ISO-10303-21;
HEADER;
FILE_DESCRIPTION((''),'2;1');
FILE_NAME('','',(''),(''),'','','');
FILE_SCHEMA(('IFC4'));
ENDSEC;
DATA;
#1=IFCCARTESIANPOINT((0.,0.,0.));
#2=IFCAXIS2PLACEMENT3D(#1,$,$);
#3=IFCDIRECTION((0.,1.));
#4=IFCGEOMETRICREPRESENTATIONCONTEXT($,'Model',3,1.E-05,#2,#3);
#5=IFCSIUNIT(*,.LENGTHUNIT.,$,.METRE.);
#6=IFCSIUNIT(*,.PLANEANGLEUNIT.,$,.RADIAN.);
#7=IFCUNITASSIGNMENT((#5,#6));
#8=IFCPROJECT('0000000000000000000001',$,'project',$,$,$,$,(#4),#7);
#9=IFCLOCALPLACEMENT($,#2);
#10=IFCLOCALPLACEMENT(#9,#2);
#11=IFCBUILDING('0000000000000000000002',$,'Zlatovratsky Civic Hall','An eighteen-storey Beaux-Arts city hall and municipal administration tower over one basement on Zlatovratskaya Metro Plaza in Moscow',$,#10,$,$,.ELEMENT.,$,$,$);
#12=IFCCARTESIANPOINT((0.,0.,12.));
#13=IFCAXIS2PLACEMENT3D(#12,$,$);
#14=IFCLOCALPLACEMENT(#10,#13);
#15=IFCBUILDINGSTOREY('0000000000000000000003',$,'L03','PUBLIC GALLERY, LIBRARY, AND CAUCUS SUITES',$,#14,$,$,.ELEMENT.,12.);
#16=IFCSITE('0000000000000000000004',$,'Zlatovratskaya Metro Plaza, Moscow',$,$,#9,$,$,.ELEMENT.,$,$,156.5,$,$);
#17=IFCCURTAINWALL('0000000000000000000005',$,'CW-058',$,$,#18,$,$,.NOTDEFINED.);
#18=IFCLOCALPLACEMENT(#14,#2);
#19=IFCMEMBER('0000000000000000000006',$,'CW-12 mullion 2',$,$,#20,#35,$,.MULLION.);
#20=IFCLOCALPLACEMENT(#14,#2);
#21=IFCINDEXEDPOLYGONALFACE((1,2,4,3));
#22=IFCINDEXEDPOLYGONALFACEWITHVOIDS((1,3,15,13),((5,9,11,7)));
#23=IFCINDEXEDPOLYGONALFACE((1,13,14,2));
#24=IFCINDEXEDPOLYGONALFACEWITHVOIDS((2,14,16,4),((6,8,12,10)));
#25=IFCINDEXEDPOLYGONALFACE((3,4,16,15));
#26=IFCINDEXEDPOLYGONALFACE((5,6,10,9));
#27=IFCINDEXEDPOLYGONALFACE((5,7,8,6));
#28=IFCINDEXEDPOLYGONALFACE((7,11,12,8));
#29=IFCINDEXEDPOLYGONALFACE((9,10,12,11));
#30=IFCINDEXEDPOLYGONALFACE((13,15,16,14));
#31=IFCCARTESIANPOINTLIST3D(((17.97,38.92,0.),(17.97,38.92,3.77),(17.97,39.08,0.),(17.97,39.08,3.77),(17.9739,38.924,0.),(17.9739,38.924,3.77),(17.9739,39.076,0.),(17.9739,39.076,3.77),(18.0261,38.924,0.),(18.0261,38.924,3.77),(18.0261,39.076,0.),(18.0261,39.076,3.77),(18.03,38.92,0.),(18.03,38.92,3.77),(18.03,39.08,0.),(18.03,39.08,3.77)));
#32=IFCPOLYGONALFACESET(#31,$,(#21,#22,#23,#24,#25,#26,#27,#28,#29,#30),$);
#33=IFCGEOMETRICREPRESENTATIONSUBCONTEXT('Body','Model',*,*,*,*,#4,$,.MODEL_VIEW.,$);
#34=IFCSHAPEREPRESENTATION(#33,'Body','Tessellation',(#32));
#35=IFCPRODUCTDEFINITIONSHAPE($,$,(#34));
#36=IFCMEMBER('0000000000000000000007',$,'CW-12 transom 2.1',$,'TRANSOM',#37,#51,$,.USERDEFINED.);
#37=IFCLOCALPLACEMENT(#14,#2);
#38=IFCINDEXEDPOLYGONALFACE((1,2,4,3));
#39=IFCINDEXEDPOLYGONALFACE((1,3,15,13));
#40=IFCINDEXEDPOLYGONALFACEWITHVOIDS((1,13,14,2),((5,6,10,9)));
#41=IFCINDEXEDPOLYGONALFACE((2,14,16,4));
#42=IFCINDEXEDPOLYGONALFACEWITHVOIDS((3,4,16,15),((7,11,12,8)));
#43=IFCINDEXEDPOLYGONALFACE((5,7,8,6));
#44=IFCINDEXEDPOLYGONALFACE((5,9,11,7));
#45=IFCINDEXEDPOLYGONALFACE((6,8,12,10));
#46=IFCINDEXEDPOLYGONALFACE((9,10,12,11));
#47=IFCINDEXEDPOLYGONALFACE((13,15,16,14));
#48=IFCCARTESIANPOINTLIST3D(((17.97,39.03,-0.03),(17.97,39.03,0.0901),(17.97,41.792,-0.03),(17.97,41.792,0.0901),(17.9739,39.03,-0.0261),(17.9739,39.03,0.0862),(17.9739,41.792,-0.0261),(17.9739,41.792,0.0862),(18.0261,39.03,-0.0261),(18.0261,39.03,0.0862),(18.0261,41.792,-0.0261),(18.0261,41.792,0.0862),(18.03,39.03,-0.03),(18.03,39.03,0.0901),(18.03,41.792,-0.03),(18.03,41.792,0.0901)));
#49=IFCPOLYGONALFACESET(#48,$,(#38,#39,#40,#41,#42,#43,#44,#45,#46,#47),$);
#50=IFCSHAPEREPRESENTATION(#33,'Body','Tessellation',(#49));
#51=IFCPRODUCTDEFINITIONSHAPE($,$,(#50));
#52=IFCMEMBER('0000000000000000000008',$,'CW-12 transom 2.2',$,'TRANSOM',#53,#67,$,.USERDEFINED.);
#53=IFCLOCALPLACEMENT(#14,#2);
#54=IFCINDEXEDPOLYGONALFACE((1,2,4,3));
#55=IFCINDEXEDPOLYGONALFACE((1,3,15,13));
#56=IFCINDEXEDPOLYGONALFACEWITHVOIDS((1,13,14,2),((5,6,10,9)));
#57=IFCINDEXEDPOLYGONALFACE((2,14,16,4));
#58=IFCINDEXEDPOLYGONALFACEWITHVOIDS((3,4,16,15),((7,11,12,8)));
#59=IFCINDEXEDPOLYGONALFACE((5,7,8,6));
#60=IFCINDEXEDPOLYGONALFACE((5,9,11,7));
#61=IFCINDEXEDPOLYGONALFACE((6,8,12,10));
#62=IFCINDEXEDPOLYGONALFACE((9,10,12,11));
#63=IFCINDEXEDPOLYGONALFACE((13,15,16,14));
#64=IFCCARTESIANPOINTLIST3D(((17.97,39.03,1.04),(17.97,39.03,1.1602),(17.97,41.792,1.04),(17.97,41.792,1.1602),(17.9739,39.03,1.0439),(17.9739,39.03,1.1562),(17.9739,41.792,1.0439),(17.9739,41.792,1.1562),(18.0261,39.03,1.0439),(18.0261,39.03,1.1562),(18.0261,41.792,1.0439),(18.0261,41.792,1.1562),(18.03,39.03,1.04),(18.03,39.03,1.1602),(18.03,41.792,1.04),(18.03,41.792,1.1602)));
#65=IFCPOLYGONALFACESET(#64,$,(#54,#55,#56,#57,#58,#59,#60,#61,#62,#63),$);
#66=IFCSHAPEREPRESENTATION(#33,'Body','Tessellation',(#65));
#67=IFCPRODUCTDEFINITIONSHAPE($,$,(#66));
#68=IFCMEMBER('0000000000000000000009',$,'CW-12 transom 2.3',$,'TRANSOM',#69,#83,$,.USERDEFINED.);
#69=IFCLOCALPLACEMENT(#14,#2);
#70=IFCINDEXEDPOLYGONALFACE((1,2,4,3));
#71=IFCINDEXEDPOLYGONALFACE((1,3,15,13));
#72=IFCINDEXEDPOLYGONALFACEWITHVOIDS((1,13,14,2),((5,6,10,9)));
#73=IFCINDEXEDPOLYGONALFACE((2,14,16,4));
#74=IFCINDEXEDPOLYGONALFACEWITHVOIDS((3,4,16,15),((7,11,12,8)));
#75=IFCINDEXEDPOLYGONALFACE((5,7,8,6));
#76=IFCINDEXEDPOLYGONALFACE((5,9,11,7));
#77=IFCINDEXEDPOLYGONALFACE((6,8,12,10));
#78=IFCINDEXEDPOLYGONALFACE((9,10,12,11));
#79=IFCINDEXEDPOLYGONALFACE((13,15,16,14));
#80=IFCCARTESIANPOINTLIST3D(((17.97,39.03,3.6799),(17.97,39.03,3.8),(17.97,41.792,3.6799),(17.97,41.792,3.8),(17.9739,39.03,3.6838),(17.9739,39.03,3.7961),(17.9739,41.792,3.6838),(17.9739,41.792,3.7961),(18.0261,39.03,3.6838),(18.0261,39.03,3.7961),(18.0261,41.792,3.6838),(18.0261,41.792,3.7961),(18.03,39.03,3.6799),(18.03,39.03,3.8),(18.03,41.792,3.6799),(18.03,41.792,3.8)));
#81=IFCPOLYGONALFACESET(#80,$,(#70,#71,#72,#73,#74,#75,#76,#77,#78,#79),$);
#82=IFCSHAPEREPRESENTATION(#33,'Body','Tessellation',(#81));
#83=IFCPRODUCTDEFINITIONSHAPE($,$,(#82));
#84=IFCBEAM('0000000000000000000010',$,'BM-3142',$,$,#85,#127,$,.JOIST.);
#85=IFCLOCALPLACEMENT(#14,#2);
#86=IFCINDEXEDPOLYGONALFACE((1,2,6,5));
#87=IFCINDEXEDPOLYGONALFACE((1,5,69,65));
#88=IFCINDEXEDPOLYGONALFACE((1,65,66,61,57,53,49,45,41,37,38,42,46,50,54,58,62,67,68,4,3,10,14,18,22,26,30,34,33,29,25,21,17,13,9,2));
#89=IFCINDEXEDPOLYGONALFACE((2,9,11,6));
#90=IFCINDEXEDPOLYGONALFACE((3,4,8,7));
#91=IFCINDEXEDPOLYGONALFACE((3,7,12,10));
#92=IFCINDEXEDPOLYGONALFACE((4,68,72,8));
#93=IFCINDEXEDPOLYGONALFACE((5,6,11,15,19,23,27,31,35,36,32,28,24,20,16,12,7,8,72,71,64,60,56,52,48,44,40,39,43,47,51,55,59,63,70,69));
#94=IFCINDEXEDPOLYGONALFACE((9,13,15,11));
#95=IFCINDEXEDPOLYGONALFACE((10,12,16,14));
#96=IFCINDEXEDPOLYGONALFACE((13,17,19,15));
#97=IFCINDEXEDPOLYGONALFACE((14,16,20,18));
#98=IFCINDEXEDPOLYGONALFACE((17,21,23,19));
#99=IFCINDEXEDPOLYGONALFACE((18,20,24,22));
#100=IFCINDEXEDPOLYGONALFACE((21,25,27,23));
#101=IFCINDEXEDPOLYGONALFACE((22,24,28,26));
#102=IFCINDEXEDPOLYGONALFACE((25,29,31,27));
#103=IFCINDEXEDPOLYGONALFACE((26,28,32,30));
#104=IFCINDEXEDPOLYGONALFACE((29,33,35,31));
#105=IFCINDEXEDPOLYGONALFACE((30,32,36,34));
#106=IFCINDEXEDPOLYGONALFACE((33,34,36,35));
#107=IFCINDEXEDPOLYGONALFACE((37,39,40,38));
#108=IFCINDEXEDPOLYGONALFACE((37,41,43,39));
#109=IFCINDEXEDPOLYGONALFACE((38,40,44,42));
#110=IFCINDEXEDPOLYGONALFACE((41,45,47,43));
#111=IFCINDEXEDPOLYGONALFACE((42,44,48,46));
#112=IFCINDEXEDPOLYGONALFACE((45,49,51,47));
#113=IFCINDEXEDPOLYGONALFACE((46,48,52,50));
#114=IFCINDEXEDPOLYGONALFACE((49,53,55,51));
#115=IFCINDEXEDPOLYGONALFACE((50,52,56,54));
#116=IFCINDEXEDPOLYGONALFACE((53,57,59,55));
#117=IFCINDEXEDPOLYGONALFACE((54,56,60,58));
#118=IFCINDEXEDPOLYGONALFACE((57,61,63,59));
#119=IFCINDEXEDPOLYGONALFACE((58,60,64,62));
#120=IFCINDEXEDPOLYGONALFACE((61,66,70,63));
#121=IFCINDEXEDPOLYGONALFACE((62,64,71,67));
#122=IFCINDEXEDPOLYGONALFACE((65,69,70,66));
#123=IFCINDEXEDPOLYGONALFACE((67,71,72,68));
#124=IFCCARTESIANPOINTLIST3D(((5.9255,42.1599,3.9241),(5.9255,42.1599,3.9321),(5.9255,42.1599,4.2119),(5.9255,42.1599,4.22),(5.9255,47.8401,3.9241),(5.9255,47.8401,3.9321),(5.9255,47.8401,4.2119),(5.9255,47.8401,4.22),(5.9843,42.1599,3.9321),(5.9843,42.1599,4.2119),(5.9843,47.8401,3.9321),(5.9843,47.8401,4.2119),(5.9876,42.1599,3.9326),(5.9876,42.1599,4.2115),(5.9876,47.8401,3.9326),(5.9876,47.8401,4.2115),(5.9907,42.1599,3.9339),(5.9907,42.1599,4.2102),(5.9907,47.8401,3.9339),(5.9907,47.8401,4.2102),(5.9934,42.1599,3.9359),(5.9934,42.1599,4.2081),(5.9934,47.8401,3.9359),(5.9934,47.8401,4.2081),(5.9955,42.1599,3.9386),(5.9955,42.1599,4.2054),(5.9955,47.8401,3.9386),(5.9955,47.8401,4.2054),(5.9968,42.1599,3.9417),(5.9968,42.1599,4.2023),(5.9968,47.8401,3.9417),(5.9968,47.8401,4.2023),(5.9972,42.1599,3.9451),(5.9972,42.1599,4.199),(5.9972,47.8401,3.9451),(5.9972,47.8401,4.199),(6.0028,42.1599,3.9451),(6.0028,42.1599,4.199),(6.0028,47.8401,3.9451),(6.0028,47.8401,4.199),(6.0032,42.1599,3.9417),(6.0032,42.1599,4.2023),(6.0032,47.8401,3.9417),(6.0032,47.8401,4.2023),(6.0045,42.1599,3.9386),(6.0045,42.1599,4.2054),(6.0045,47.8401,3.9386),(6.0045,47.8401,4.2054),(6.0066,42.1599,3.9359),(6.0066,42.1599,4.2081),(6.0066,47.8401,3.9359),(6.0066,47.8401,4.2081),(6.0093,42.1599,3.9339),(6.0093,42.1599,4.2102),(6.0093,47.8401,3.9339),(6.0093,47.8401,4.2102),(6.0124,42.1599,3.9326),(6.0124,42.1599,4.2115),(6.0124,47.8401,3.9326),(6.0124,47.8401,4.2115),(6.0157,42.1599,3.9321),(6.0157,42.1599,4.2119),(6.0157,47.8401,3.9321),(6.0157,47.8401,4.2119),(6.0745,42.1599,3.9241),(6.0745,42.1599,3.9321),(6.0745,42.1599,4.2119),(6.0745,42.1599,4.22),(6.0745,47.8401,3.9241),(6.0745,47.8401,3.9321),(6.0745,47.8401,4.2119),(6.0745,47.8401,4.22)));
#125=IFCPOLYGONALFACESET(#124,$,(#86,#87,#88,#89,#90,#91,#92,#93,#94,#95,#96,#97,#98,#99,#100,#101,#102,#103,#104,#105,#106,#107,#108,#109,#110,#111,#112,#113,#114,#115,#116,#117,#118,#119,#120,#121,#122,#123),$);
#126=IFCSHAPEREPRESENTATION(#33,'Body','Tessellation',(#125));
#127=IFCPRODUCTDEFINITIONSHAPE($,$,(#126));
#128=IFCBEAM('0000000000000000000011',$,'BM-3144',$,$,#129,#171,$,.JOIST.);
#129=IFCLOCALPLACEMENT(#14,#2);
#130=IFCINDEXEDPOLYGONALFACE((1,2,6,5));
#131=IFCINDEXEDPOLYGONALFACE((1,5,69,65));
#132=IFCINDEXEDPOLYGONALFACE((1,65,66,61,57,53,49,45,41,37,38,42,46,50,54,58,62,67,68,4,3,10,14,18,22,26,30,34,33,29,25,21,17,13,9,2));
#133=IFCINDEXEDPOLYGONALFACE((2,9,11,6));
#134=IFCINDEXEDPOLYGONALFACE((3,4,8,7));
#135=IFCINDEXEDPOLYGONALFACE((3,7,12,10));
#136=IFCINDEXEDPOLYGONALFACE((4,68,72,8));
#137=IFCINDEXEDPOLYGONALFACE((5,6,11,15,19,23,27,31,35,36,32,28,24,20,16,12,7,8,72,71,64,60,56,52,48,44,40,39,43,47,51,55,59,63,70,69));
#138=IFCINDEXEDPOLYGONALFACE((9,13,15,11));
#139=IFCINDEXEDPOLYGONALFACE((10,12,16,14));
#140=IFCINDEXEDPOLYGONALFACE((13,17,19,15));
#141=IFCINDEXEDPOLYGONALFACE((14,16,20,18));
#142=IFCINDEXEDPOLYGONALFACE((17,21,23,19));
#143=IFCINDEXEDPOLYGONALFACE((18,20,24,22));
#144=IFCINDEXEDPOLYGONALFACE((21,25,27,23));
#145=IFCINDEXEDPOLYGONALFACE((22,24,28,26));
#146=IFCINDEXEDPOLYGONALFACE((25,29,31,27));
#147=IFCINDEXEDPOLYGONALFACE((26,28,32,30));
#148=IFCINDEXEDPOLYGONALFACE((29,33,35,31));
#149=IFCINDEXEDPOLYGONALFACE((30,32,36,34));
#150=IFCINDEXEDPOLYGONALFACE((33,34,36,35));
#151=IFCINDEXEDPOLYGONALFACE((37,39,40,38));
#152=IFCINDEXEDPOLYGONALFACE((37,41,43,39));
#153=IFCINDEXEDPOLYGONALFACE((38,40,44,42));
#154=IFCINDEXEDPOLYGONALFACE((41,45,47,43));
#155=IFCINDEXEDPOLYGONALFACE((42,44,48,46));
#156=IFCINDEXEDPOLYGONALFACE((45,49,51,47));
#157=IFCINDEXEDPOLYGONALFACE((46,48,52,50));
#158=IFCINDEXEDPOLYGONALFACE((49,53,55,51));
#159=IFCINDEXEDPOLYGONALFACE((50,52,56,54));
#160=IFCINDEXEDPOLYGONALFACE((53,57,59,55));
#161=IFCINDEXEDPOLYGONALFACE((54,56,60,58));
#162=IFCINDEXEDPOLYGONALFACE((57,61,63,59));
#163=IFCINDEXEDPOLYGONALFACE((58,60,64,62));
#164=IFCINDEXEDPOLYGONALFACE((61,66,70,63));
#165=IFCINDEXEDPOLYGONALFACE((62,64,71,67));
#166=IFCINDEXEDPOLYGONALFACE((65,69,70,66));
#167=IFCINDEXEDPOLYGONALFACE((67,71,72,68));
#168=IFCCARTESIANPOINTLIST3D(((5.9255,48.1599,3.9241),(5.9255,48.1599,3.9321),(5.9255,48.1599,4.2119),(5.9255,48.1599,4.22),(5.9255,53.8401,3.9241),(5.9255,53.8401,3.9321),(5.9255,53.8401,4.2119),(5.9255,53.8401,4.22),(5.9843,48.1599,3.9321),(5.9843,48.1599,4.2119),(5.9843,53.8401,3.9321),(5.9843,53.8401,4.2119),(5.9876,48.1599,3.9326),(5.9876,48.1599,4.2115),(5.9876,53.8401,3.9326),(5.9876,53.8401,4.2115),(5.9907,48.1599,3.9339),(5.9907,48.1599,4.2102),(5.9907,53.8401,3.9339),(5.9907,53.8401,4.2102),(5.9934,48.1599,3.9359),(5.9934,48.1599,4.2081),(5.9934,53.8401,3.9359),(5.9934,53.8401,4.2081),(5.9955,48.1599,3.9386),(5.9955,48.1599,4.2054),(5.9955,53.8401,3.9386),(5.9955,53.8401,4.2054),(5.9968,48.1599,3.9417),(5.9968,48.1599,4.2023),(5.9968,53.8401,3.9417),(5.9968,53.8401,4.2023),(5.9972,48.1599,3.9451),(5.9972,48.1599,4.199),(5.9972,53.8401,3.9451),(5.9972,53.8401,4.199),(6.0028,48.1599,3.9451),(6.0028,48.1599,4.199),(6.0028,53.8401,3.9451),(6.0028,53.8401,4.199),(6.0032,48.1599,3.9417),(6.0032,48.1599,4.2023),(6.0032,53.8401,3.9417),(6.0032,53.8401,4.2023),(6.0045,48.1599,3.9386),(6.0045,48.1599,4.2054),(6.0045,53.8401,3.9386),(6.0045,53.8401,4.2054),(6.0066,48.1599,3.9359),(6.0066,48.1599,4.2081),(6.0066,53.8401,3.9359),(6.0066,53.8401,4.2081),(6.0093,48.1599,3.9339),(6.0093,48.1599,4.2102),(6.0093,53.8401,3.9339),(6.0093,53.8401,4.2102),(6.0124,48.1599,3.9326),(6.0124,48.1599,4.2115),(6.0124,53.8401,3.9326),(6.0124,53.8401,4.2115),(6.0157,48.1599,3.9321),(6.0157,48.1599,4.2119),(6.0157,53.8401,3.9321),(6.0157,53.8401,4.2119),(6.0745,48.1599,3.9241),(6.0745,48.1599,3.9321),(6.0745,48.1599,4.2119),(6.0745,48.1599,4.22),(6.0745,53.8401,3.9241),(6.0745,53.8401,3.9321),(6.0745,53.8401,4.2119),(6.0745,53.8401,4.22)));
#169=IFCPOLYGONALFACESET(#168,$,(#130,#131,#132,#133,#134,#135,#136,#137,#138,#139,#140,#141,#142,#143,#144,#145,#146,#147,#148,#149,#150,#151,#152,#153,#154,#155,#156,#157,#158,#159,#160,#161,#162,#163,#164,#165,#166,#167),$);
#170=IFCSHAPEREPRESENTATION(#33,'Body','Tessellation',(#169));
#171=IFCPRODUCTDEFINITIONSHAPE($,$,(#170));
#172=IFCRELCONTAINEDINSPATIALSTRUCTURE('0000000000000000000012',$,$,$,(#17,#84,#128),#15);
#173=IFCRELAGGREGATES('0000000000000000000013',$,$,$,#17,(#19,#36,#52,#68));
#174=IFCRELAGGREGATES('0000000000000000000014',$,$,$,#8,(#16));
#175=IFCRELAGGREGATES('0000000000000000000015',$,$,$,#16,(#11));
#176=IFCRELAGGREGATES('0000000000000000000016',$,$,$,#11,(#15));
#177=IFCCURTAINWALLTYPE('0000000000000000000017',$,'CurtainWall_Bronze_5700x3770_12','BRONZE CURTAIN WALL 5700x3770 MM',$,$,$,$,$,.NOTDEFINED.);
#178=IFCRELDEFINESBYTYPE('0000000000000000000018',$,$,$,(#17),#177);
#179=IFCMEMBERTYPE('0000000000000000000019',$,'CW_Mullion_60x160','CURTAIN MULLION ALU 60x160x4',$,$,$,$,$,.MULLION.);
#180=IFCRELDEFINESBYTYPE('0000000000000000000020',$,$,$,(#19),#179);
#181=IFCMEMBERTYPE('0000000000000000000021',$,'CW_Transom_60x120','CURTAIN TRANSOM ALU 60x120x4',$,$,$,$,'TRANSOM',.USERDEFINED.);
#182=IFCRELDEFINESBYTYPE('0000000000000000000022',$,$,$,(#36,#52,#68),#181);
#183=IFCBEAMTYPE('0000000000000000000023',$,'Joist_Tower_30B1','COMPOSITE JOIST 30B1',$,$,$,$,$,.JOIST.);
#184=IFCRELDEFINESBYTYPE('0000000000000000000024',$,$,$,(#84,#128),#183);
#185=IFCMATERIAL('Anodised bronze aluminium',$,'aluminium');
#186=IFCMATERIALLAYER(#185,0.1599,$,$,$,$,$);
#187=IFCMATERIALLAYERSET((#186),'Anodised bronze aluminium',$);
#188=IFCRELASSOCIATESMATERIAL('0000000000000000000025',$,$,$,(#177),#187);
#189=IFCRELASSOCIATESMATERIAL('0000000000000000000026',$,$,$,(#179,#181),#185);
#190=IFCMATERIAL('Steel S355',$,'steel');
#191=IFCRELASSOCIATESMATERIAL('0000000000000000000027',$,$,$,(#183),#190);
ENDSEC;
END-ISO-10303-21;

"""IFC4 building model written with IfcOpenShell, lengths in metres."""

from ifc_helpers import new_model, si_unit, direction, frame, origin, origin_2d, place, context, subcontext, project, spatial, hollow_rectangle, i_section, extrude, material, layer, layer_set, material_profile, profile_set, type_object, element, aggregate, save


model = new_model("IFC4")

# Units and contexts
model_context = context("Model", 3, precision=1e-05, world=origin(), true_north=direction((0.0, 1.0)))
body_context = subcontext(model_context, "Body", "Model", "MODEL_VIEW")
ifc_project = project(units=[si_unit("LENGTHUNIT", "METRE"), si_unit("PLANEANGLEUNIT", "RADIAN")], contexts=[model_context])

# Site, building, storey
site_placement = place(None, origin())
site = spatial("IfcSite", under=ifc_project, at=site_placement, Name="Zlatovratskaya Metro Plaza, Moscow", CompositionType="ELEMENT", RefElevation=156.5)
building_placement = place(site_placement, origin())
building = spatial("IfcBuilding", under=site, at=building_placement, Name="Zlatovratsky Civic Hall", Description="An eighteen-storey Beaux-Arts city hall and municipal administration tower over one basement on Zlatovratskaya Metro Plaza in Moscow", CompositionType="ELEMENT")
storey_placement = place(building_placement, frame((0.0, 0.0, 12.0)))
storey = spatial("IfcBuildingStorey", under=building, at=storey_placement, Name="L03", Description="PUBLIC GALLERY, LIBRARY, AND CAUCUS SUITES", CompositionType="ELEMENT", Elevation=12.0)

# Shared definitions
ifc_material_1 = material(Name="Steel S355", Category="steel")

# Curtain wall, members
ifc_material_2 = material(Name="Anodised bronze aluminium", Category="aluminium")
ifc_layer_1 = layer(ifc_material_2, 0.1599)
ifc_layer_set_1 = layer_set([ifc_layer_1], Name="Anodised bronze aluminium")
curtain_wall_type = type_object("IfcCurtainWallType", Name="CurtainWall_Bronze_5700x3770_12", Description="BRONZE CURTAIN WALL 5700x3770 MM", PredefinedType="NOTDEFINED", material=ifc_layer_set_1)
curtain_wall_placement = place(storey_placement, origin())
curtain_wall = element("IfcCurtainWall", 1, at=curtain_wall_placement, inside=storey, type_object=curtain_wall_type, Name="CW-058", PredefinedType="NOTDEFINED")
ifc_material_profile_1 = material_profile(ifc_material_2, hollow_rectangle(XDim=0.0601, YDim=0.1599, WallThickness=0.0039, at=origin_2d()), Name="ALU 60x160x4")
ifc_profile_set_1 = profile_set([ifc_material_profile_1], Name="Anodised bronze aluminium")
member_type_1 = type_object("IfcMemberType", Name="CW_Mullion_60x160", Description="CURTAIN MULLION ALU 60x160x4", PredefinedType="MULLION", material=ifc_profile_set_1)
member_1_placement = place(storey_placement, frame((18.0, 39.0, 0.0), z_axis=(0.0, 0.0, 1.0), x_axis=(-1.0, 0.0, 0.0)))
member_1 = element("IfcMember", 2, at=member_1_placement, type_object=member_type_1, Name="CW-12 mullion 2", PredefinedType="MULLION", context=body_context, shape_type="SweptSolid", body=[
    extrude(hollow_rectangle(XDim=0.0601, YDim=0.1599, WallThickness=0.0039, at=origin_2d()), origin(), (0.0, 0.0, 1.0), 3.77),
])
ifc_material_profile_2 = material_profile(ifc_material_2, hollow_rectangle(XDim=0.0601, YDim=0.1201, WallThickness=0.0039, at=origin_2d()), Name="ALU 60x120x4")
ifc_profile_set_2 = profile_set([ifc_material_profile_2], Name="Anodised bronze aluminium")
member_type_2 = type_object("IfcMemberType", Name="CW_Transom_60x120", Description="CURTAIN TRANSOM ALU 60x120x4", ElementType="TRANSOM", PredefinedType="USERDEFINED", material=ifc_profile_set_2)
member_2_placement = place(storey_placement, frame((18.0, 39.03, 0.03), z_axis=(0.0, 1.0, 0.0), x_axis=(-1.0, 0.0, 0.0)))
member_2 = element("IfcMember", 3, at=member_2_placement, type_object=member_type_2, Name="CW-12 transom 2.1", ObjectType="TRANSOM", PredefinedType="USERDEFINED", context=body_context, shape_type="SweptSolid", body=[
    extrude(hollow_rectangle(XDim=0.0601, YDim=0.1201, WallThickness=0.0039, at=origin_2d()), origin(), (0.0, 0.0, 1.0), 2.762),
])
member_3_placement = place(storey_placement, frame((18.0, 39.03, 1.1001), z_axis=(0.0, 1.0, 0.0), x_axis=(-1.0, 0.0, 0.0)))
member_3 = element("IfcMember", 4, at=member_3_placement, type_object=member_type_2, Name="CW-12 transom 2.2", ObjectType="TRANSOM", PredefinedType="USERDEFINED", context=body_context, shape_type="SweptSolid", body=[
    extrude(hollow_rectangle(XDim=0.0601, YDim=0.1201, WallThickness=0.0039, at=origin_2d()), origin(), (0.0, 0.0, 1.0), 2.762),
])
member_4_placement = place(storey_placement, frame((18.0, 39.03, 3.74), z_axis=(0.0, 1.0, 0.0), x_axis=(-1.0, 0.0, 0.0)))
member_4 = element("IfcMember", 5, at=member_4_placement, type_object=member_type_2, Name="CW-12 transom 2.3", ObjectType="TRANSOM", PredefinedType="USERDEFINED", context=body_context, shape_type="SweptSolid", body=[
    extrude(hollow_rectangle(XDim=0.0601, YDim=0.1201, WallThickness=0.0039, at=origin_2d()), origin(), (0.0, 0.0, 1.0), 2.762),
])

# Beams
ifc_material_profile_3 = material_profile(ifc_material_1, i_section(OverallWidth=0.1489, OverallDepth=0.2959, WebThickness=0.0056, FlangeThickness=0.0081, FilletRadius=0.0129, at=origin_2d()), Name="30B1")
ifc_profile_set_3 = profile_set([ifc_material_profile_3], Name="Steel S355")
beam_type_1 = type_object("IfcBeamType", Name="Joist_Tower_30B1", Description="COMPOSITE JOIST 30B1", PredefinedType="JOIST", material=ifc_profile_set_3)
for number, where, z_axis, x_axis, name in (
    (6, (6.0, 42.1599, 4.072), (0.0, 1.0, 0.0), (-1.0, 0.0, 0.0), "BM-3142"),
    (7, (6.0, 48.1599, 4.072), (0.0, 1.0, 0.0), (-1.0, 0.0, 0.0), "BM-3144"),
):
    element("IfcBeam", number, at=place(storey_placement, frame(where, z_axis=z_axis, x_axis=x_axis)), inside=storey, type_object=beam_type_1, Name=name, PredefinedType="JOIST", context=body_context, shape_type="SweptSolid", body=[
        extrude(i_section(OverallWidth=0.1489, OverallDepth=0.2959, WebThickness=0.0056, FlangeThickness=0.0081, FilletRadius=0.0129, at=origin_2d()), origin(), (0.0, 0.0, 1.0), 5.6802),
    ])

aggregate(curtain_wall, [member_1, member_2, member_3, member_4])

save(model, "model.ifc")
